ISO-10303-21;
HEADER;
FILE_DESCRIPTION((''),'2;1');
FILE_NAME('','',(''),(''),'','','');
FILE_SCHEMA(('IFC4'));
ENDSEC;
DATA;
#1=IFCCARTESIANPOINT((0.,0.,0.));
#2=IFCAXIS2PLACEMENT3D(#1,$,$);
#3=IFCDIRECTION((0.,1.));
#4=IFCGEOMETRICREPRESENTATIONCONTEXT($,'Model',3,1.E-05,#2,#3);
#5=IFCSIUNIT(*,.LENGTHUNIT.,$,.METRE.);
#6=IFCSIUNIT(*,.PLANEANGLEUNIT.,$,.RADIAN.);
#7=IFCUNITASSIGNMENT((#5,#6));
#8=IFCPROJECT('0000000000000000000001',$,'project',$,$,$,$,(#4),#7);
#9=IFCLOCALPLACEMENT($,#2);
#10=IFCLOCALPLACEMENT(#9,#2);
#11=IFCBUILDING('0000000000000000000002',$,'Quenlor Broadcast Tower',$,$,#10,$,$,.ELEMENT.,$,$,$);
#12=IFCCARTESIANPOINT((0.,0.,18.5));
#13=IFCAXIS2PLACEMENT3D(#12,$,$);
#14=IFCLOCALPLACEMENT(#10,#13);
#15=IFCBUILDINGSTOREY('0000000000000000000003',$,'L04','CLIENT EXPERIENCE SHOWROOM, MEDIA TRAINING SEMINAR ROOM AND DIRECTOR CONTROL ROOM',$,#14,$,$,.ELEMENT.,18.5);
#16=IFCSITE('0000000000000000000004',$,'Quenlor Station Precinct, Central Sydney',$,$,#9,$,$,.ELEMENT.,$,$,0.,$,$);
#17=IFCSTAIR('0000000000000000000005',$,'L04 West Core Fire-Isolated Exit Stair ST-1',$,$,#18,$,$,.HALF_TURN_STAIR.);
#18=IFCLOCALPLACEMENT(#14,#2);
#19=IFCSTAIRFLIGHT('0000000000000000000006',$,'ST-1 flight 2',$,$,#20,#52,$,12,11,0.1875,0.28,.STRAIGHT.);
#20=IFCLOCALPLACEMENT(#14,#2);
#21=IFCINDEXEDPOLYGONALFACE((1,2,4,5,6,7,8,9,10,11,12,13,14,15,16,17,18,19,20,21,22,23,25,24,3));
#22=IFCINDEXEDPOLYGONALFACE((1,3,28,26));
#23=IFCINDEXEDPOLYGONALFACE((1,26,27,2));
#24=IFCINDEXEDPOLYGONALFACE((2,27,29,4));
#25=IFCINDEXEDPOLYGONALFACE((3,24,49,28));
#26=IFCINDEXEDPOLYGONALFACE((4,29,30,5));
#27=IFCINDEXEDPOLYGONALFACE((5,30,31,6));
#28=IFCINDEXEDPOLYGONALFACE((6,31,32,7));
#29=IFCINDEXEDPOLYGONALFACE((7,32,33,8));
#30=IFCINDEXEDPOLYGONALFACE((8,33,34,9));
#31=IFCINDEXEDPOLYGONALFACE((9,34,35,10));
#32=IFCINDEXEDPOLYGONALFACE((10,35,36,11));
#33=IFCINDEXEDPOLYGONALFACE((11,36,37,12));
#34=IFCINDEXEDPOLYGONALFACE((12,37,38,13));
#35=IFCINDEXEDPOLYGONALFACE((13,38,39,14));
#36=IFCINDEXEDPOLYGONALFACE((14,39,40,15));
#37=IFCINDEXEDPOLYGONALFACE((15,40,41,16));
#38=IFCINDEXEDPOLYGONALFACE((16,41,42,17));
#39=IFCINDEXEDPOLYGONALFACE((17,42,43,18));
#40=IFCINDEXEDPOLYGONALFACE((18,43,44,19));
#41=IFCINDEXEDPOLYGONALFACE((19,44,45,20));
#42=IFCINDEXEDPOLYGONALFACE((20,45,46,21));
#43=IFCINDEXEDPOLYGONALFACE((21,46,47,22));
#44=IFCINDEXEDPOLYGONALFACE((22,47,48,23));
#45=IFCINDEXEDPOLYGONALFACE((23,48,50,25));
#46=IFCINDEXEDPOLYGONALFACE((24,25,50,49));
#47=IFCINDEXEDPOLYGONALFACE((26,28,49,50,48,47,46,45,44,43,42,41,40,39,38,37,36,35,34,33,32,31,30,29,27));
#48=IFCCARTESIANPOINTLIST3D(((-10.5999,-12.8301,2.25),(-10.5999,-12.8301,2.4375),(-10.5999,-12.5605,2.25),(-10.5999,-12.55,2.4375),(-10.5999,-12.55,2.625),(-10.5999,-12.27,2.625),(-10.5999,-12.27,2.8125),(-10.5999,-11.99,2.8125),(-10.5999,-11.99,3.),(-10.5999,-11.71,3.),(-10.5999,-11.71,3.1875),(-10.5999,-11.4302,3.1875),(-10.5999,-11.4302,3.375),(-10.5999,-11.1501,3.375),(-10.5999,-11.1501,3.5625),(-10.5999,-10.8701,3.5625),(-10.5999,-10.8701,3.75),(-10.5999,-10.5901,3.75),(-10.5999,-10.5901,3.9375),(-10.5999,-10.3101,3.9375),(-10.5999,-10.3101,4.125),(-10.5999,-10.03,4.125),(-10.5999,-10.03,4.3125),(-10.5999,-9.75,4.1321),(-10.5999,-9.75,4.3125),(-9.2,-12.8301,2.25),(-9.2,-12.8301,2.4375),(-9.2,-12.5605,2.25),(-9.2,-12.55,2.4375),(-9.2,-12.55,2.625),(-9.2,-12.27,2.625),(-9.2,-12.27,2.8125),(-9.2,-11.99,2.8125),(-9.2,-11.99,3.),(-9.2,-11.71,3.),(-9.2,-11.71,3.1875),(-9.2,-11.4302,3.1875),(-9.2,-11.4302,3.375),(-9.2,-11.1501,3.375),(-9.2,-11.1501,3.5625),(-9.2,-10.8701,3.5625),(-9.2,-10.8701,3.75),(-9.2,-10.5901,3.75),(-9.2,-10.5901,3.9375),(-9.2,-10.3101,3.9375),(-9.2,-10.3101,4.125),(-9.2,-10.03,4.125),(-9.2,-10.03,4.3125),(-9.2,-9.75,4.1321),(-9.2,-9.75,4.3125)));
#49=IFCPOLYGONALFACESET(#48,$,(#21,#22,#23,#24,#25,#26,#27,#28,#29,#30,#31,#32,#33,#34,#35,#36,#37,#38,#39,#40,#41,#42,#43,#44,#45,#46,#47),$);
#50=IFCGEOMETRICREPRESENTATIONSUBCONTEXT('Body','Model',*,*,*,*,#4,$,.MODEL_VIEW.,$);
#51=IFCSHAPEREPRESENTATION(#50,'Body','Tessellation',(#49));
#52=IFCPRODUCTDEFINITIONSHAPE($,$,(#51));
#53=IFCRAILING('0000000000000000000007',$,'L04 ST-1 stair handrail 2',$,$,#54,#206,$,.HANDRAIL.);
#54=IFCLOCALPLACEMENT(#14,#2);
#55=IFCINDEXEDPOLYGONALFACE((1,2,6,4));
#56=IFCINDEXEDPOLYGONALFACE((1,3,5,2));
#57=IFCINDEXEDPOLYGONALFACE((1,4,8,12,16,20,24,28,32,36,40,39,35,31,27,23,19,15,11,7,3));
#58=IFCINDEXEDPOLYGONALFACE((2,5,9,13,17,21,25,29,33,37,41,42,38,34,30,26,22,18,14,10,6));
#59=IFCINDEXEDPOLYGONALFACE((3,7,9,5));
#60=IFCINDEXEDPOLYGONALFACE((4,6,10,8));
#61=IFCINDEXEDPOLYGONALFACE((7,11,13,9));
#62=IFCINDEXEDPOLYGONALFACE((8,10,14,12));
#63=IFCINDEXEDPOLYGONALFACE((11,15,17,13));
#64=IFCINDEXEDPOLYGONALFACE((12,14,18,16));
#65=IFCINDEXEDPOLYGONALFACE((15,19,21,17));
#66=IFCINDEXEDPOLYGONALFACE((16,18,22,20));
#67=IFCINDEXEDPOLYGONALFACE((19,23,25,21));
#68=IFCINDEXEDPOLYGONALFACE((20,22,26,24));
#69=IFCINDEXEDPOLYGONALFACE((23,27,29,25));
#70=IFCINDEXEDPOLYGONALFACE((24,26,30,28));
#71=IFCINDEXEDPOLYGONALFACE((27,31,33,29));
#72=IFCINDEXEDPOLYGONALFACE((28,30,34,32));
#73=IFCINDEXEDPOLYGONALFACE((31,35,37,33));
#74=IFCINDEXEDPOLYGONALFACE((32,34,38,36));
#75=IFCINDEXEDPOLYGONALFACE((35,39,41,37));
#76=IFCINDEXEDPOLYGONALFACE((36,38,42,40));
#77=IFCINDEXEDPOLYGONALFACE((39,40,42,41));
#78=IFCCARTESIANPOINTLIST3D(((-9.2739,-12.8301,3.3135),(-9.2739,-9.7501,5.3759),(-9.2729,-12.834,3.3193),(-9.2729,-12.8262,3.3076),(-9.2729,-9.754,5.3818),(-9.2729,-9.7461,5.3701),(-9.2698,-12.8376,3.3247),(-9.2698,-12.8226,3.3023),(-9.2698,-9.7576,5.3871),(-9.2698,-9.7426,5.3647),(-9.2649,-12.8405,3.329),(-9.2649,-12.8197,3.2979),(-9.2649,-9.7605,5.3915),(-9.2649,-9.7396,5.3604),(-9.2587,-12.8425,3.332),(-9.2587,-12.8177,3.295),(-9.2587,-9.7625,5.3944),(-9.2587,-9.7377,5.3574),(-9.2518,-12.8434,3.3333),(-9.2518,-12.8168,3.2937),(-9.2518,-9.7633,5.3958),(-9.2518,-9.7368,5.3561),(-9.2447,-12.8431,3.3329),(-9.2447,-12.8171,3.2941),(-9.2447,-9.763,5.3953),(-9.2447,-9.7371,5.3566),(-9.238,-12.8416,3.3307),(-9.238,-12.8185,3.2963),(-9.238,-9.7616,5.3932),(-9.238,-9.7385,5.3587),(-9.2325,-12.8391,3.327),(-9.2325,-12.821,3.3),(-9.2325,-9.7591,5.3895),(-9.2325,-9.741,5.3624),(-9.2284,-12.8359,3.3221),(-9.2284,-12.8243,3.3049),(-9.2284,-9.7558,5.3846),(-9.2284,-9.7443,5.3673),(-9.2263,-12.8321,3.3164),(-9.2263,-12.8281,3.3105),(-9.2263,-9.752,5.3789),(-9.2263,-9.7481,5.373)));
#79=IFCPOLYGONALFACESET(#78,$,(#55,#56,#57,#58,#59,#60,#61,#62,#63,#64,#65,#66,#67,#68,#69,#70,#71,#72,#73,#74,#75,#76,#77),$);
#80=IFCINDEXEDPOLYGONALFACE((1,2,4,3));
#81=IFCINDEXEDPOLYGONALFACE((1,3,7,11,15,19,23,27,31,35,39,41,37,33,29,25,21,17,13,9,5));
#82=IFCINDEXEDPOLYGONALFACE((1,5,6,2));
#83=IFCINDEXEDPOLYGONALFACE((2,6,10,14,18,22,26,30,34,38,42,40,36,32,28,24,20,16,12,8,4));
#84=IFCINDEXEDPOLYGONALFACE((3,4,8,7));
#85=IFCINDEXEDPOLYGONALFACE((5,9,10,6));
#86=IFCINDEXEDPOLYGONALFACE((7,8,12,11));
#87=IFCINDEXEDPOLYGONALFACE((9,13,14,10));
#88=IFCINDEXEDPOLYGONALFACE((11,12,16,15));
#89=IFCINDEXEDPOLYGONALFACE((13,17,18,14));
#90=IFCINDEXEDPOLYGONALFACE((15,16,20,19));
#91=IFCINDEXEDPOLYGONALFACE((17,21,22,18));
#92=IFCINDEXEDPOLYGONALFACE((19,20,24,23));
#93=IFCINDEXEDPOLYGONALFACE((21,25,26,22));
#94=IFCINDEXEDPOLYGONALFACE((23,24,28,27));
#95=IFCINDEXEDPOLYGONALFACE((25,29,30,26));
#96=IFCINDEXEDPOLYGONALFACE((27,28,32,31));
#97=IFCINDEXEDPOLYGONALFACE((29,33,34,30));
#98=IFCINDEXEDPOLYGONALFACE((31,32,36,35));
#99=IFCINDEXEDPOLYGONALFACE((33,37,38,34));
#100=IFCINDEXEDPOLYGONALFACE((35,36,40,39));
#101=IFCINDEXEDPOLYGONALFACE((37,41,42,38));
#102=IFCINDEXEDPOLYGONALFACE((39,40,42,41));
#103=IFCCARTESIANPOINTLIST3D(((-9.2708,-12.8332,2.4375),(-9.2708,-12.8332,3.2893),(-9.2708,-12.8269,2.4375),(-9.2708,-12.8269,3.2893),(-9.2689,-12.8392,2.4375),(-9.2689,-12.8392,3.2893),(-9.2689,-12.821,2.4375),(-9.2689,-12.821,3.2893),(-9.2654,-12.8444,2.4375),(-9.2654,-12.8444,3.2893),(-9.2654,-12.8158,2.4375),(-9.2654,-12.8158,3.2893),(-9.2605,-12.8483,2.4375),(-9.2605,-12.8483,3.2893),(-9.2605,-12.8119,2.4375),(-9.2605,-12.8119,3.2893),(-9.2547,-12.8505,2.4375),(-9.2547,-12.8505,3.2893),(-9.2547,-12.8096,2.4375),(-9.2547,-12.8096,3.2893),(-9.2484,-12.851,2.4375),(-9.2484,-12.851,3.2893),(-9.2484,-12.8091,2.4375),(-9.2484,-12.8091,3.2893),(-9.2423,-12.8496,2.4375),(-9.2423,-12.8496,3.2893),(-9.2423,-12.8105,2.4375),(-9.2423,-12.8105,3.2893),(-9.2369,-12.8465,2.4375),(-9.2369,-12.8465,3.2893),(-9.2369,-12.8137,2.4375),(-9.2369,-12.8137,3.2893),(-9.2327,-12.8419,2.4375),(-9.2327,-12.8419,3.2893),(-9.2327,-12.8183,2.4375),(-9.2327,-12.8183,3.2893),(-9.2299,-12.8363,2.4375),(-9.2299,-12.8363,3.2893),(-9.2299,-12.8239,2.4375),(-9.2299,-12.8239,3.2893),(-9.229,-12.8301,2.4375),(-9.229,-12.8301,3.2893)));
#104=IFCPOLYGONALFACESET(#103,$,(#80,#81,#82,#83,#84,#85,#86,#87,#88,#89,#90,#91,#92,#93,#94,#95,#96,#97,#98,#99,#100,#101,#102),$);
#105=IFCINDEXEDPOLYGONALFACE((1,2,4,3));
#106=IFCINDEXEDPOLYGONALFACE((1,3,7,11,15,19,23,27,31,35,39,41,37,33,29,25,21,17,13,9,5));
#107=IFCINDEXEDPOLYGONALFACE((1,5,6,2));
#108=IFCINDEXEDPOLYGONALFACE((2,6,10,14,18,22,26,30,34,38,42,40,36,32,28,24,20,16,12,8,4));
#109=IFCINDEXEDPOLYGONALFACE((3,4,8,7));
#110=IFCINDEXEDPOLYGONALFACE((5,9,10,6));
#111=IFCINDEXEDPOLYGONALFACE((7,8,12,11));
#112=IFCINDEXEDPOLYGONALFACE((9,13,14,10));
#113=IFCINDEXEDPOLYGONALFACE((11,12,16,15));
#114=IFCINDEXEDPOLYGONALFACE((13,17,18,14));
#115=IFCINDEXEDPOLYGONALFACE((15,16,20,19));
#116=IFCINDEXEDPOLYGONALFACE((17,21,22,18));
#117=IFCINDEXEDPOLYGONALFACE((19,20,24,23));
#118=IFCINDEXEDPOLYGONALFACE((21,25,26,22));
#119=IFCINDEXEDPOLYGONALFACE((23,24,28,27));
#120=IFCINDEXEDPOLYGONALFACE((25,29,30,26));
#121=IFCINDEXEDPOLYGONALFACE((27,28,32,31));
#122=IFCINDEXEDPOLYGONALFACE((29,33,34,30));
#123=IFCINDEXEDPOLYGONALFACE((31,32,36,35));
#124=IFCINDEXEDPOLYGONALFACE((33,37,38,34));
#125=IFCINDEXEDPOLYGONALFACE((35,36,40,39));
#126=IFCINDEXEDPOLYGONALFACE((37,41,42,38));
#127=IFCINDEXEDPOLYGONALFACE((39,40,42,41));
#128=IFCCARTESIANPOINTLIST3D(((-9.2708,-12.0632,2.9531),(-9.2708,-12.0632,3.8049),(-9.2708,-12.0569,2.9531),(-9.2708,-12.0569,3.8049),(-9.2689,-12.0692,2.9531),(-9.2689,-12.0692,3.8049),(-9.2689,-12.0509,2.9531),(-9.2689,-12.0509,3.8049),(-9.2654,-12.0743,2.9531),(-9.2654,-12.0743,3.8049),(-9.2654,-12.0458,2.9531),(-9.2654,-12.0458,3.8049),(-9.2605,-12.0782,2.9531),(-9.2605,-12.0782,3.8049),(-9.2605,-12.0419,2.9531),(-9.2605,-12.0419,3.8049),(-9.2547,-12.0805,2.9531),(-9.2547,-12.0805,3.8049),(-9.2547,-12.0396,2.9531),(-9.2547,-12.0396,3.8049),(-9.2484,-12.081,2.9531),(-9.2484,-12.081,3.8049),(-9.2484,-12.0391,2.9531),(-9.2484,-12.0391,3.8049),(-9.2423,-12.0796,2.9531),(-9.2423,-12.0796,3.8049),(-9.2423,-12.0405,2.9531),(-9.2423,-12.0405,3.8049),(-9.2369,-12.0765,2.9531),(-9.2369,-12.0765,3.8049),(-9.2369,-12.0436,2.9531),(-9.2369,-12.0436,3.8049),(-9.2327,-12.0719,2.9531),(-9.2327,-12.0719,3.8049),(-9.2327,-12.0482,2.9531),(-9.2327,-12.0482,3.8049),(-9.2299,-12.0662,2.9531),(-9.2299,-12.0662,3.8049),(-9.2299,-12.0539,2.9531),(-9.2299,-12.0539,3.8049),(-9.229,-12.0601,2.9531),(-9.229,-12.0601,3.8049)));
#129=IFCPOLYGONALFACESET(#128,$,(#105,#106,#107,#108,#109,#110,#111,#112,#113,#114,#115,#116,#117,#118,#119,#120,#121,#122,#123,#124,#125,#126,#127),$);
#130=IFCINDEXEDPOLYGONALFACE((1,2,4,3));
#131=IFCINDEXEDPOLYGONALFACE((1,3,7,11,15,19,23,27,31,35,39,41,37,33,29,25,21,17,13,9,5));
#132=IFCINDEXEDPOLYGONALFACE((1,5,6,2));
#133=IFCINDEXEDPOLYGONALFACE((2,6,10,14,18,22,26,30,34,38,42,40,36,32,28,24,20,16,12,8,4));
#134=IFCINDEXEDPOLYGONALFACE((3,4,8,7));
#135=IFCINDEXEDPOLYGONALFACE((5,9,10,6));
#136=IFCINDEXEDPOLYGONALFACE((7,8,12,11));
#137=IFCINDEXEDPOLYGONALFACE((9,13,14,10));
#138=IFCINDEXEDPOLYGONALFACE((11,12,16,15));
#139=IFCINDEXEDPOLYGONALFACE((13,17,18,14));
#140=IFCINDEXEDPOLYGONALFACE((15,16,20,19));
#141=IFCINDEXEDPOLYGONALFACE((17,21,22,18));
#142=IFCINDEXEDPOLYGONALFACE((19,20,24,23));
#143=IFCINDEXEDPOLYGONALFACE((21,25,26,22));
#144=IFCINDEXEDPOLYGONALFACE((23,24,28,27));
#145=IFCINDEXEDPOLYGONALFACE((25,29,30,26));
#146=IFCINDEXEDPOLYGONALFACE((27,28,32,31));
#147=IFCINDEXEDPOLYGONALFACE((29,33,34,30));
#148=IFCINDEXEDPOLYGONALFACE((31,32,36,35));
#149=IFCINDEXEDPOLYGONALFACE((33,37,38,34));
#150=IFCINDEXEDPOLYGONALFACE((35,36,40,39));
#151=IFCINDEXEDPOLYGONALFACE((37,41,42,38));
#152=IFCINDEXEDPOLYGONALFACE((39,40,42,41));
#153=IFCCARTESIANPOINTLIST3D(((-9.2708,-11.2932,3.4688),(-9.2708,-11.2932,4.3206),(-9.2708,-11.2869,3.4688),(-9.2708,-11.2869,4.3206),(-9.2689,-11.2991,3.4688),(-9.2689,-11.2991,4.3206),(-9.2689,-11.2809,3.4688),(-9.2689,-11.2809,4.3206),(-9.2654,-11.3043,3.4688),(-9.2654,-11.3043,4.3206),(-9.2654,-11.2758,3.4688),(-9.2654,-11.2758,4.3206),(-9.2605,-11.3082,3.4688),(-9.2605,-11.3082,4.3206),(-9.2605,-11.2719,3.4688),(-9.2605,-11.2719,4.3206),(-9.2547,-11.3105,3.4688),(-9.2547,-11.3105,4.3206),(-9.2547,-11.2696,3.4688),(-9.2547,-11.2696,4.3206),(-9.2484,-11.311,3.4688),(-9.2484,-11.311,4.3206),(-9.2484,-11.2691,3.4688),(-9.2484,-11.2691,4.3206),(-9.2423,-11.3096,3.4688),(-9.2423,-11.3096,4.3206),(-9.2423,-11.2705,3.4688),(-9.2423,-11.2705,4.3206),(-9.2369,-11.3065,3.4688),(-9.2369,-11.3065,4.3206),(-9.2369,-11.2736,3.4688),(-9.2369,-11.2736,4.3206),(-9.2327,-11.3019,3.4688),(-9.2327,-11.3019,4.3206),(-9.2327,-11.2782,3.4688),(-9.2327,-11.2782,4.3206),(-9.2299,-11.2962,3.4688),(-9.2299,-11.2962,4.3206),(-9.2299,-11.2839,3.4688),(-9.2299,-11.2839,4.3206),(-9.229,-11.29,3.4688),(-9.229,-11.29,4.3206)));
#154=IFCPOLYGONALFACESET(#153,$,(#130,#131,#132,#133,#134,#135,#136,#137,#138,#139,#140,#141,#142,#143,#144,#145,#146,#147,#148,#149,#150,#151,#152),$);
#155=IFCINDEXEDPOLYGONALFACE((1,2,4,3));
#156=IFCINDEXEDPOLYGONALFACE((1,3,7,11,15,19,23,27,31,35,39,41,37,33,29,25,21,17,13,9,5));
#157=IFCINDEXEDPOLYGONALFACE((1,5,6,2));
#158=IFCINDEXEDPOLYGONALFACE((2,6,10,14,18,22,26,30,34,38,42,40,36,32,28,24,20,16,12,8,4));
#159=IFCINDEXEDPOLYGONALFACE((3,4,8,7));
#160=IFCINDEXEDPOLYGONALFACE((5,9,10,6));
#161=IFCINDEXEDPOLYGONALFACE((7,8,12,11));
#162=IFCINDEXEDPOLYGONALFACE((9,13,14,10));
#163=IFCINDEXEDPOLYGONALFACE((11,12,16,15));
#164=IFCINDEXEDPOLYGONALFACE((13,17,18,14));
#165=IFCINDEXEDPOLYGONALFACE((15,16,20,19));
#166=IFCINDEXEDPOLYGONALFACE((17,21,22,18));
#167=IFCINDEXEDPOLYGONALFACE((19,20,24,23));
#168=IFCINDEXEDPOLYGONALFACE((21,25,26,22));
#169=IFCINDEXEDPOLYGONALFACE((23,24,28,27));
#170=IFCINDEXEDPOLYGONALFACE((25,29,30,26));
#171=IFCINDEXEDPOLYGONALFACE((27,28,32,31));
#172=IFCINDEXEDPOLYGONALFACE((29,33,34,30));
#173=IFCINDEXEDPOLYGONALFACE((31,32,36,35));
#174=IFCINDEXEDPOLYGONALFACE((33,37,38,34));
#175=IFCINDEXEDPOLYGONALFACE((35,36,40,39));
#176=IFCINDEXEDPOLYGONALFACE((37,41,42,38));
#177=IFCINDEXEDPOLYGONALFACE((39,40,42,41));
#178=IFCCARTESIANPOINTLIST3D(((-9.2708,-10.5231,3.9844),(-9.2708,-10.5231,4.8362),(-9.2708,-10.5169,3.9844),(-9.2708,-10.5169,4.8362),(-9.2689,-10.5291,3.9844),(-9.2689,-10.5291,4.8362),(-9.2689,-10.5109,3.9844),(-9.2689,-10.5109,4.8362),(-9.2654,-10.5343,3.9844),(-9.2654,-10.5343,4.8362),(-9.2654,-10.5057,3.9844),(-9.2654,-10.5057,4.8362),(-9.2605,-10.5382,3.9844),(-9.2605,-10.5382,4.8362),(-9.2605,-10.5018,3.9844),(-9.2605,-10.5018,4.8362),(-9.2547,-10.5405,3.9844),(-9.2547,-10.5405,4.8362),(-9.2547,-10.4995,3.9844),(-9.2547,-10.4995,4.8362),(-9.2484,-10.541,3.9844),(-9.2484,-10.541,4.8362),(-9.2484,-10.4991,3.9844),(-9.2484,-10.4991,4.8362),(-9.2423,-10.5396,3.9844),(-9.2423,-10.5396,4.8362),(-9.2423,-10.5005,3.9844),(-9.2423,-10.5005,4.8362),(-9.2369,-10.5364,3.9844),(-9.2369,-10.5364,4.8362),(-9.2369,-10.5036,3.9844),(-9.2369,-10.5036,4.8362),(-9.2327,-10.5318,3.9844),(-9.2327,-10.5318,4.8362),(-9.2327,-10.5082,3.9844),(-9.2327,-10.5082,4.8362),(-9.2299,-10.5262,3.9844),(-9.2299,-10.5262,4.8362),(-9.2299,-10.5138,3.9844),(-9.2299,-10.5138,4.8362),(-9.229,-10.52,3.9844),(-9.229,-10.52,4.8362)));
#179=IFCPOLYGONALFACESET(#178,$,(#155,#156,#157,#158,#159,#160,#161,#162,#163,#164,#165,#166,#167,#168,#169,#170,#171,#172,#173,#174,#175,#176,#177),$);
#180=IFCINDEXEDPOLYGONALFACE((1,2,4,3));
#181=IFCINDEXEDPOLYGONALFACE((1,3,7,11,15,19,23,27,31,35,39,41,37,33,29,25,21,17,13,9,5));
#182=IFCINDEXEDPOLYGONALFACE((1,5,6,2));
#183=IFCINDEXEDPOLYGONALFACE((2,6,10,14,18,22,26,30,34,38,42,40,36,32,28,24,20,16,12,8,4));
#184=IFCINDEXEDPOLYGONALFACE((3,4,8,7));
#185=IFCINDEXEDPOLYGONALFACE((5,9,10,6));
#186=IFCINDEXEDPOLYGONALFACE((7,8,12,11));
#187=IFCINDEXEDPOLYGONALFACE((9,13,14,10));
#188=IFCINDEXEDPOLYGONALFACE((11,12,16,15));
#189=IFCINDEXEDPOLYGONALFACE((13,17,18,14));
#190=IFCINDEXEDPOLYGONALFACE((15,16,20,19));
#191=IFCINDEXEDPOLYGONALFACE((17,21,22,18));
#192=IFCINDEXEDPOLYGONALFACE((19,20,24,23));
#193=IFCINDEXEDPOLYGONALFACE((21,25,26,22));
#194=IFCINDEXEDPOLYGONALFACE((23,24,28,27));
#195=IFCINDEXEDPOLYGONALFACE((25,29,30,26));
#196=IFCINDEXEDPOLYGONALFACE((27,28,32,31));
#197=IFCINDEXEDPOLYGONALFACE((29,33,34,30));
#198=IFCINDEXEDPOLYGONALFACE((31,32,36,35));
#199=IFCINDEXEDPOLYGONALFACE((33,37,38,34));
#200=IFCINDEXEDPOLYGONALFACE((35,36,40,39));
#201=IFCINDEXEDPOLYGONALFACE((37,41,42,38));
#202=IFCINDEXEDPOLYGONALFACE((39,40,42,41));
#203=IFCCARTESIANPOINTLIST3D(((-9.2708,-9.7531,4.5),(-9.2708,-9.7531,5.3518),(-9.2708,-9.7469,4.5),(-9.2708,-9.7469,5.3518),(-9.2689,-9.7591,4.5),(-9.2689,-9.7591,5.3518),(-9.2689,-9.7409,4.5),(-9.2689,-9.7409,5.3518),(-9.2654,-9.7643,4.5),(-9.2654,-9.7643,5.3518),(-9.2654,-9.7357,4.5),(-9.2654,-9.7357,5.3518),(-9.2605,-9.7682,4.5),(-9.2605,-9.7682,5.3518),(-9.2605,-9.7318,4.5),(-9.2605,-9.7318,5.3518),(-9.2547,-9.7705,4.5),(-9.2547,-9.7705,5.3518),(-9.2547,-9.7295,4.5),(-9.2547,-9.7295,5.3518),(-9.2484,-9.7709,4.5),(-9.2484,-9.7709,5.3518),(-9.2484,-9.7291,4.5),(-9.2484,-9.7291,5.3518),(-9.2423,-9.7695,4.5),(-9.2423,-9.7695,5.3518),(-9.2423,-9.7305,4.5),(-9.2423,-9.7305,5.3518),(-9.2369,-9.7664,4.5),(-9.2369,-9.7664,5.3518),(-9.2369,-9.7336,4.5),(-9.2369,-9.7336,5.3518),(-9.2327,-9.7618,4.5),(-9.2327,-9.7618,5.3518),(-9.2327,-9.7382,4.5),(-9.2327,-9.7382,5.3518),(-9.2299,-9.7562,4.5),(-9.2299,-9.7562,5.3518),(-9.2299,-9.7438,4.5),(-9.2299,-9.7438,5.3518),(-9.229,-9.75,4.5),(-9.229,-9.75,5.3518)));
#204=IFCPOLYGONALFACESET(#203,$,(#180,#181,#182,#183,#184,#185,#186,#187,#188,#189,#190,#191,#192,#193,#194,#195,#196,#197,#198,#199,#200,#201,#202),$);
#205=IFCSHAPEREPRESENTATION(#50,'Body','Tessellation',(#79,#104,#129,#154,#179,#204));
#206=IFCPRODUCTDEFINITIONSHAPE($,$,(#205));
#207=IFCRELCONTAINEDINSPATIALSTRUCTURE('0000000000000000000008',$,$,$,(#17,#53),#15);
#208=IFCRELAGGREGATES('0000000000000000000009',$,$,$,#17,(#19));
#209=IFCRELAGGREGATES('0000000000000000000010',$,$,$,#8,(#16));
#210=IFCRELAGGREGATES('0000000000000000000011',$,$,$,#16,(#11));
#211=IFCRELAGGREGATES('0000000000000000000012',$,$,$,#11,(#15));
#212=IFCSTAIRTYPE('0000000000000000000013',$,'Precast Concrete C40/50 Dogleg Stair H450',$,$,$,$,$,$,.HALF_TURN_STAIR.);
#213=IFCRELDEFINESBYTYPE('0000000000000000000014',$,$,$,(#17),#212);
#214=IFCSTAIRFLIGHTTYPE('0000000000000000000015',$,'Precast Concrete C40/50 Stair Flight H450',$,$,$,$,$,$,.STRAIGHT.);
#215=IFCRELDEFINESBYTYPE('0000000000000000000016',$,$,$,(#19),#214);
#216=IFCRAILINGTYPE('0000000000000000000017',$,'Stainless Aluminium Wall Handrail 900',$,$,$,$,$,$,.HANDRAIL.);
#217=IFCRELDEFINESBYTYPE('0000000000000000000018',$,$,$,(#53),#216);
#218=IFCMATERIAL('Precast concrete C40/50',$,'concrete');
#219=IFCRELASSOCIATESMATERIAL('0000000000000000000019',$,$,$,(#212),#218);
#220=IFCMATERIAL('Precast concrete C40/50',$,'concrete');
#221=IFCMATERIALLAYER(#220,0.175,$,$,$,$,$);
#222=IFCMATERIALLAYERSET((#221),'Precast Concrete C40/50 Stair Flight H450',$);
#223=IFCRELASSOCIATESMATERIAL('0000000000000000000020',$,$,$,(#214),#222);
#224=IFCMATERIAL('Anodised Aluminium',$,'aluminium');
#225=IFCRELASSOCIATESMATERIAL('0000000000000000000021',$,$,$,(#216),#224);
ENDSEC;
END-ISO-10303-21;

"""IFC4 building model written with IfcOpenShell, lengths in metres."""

from ifc_helpers import new_model, si_unit, direction, frame, origin, origin_2d, place, context, subcontext, project, spatial, polyline, circle, outline, extrude, material, layer, layer_set, type_object, element, aggregate, save


model = new_model("IFC4")

# Units and contexts
model_context = context("Model", 3, precision=1e-05, world=origin(), true_north=direction((0.0, 1.0)))
body_context = subcontext(model_context, "Body", "Model", "MODEL_VIEW")
ifc_project = project(units=[si_unit("LENGTHUNIT", "METRE"), si_unit("PLANEANGLEUNIT", "RADIAN")], contexts=[model_context])

# Site, building, storey
site_placement = place(None, origin())
site = spatial("IfcSite", under=ifc_project, at=site_placement, Name="Quenlor Station Precinct, Central Sydney", CompositionType="ELEMENT", RefElevation=0.0)
building_placement = place(site_placement, origin())
building = spatial("IfcBuilding", under=site, at=building_placement, Name="Quenlor Broadcast Tower", CompositionType="ELEMENT")
storey_placement = place(building_placement, frame((0.0, 0.0, 18.5)))
storey = spatial("IfcBuildingStorey", under=building, at=storey_placement, Name="L04", Description="CLIENT EXPERIENCE SHOWROOM, MEDIA TRAINING SEMINAR ROOM AND DIRECTOR CONTROL ROOM", CompositionType="ELEMENT", Elevation=18.5)

# Stair, stair flight
ifc_material_1 = material(Name="Precast concrete C40/50", Category="concrete")
stair_type = type_object("IfcStairType", Name="Precast Concrete C40/50 Dogleg Stair H450", PredefinedType="HALF_TURN_STAIR", material=ifc_material_1)
stair_placement = place(storey_placement, origin())
stair = element("IfcStair", 1, at=stair_placement, inside=storey, type_object=stair_type, Name="L04 West Core Fire-Isolated Exit Stair ST-1", PredefinedType="HALF_TURN_STAIR")
ifc_material_2 = material(Name="Precast concrete C40/50", Category="concrete")
ifc_layer_1 = layer(ifc_material_2, 0.175)
ifc_layer_set_1 = layer_set([ifc_layer_1], Name="Precast Concrete C40/50 Stair Flight H450")
stair_flight_type = type_object("IfcStairFlightType", Name="Precast Concrete C40/50 Stair Flight H450", PredefinedType="STRAIGHT", material=ifc_layer_set_1)
stair_flight_placement = place(storey_placement, frame((-9.8999, -12.8301, 2.25), z_axis=(0.0, 0.0, 1.0), x_axis=(0.0, 1.0, 0.0)))
stair_flight = element("IfcStairFlight", 2, at=stair_flight_placement, type_object=stair_flight_type, Name="ST-1 flight 2", NumberOfRisers=12, NumberOfTreads=11, PredefinedType="STRAIGHT", RiserHeight=0.1875, TreadLength=0.28, context=body_context, shape_type="SweptSolid", body=[
    extrude(outline(polyline([(0.0, 0.0), (0.0, 0.1875), (0.28, 0.1875), (0.28, 0.375), (0.5601, 0.375), (0.5601, 0.5625), (0.8401, 0.5625), (0.8401, 0.75), (1.1201, 0.75), (1.1201, 0.9375), (1.3999, 0.9375), (1.3999, 1.125), (1.6799, 1.125), (1.6799, 1.3125), (1.96, 1.3125), (1.96, 1.5), (2.24, 1.5), (2.24, 1.6875), (2.52, 1.6875), (2.52, 1.875), (2.8, 1.875), (2.8, 2.0625), (3.0801, 2.0625), (3.0801, 2.25), (3.0801, 1.8821), (0.2695, 0.0), (0.0, 0.0)])), frame((0.0, 0.7, 0.0), z_axis=(0.0, -1.0, 0.0), x_axis=(1.0, 0.0, 0.0)), (0.0, 0.0, 1.0), 1.3999),
])
aggregate(stair, [stair_flight])

# Railing
ifc_material_3 = material(Name="Anodised Aluminium", Category="aluminium")
railing_type_1 = type_object("IfcRailingType", Name="Stainless Aluminium Wall Handrail 900", PredefinedType="HANDRAIL", material=ifc_material_3)
railing_1_placement = place(storey_placement, frame((-9.25, -12.8301, 2.4375)))
element("IfcRailing", 3, at=railing_1_placement, inside=storey, type_object=railing_type_1, Name="L04 ST-1 stair handrail 2", PredefinedType="HANDRAIL", context=body_context, shape_type="SweptSolid", body=[
    extrude(circle(Radius=0.0239, at=origin_2d()), frame((0.0, 0.0, 0.876), z_axis=(0.0, 0.830914, 0.556401), x_axis=(-1.0, 0.0, 0.0)), (0.0, 0.0, 1.0), 3.7068),
    extrude(circle(Radius=0.021, at=origin_2d()), origin(), (0.0, 0.0, 1.0), 0.8518),
    extrude(circle(Radius=0.021, at=origin_2d()), frame((0.0, 0.77, 0.5156)), (0.0, 0.0, 1.0), 0.8518),
    extrude(circle(Radius=0.021, at=origin_2d()), frame((0.0, 1.54, 1.0312)), (0.0, 0.0, 1.0), 0.8518),
    extrude(circle(Radius=0.021, at=origin_2d()), frame((0.0, 2.3101, 1.5469)), (0.0, 0.0, 1.0), 0.8518),
    extrude(circle(Radius=0.021, at=origin_2d()), frame((0.0, 3.0801, 2.0625)), (0.0, 0.0, 1.0), 0.8518),
])

save(model, "model.ifc")
